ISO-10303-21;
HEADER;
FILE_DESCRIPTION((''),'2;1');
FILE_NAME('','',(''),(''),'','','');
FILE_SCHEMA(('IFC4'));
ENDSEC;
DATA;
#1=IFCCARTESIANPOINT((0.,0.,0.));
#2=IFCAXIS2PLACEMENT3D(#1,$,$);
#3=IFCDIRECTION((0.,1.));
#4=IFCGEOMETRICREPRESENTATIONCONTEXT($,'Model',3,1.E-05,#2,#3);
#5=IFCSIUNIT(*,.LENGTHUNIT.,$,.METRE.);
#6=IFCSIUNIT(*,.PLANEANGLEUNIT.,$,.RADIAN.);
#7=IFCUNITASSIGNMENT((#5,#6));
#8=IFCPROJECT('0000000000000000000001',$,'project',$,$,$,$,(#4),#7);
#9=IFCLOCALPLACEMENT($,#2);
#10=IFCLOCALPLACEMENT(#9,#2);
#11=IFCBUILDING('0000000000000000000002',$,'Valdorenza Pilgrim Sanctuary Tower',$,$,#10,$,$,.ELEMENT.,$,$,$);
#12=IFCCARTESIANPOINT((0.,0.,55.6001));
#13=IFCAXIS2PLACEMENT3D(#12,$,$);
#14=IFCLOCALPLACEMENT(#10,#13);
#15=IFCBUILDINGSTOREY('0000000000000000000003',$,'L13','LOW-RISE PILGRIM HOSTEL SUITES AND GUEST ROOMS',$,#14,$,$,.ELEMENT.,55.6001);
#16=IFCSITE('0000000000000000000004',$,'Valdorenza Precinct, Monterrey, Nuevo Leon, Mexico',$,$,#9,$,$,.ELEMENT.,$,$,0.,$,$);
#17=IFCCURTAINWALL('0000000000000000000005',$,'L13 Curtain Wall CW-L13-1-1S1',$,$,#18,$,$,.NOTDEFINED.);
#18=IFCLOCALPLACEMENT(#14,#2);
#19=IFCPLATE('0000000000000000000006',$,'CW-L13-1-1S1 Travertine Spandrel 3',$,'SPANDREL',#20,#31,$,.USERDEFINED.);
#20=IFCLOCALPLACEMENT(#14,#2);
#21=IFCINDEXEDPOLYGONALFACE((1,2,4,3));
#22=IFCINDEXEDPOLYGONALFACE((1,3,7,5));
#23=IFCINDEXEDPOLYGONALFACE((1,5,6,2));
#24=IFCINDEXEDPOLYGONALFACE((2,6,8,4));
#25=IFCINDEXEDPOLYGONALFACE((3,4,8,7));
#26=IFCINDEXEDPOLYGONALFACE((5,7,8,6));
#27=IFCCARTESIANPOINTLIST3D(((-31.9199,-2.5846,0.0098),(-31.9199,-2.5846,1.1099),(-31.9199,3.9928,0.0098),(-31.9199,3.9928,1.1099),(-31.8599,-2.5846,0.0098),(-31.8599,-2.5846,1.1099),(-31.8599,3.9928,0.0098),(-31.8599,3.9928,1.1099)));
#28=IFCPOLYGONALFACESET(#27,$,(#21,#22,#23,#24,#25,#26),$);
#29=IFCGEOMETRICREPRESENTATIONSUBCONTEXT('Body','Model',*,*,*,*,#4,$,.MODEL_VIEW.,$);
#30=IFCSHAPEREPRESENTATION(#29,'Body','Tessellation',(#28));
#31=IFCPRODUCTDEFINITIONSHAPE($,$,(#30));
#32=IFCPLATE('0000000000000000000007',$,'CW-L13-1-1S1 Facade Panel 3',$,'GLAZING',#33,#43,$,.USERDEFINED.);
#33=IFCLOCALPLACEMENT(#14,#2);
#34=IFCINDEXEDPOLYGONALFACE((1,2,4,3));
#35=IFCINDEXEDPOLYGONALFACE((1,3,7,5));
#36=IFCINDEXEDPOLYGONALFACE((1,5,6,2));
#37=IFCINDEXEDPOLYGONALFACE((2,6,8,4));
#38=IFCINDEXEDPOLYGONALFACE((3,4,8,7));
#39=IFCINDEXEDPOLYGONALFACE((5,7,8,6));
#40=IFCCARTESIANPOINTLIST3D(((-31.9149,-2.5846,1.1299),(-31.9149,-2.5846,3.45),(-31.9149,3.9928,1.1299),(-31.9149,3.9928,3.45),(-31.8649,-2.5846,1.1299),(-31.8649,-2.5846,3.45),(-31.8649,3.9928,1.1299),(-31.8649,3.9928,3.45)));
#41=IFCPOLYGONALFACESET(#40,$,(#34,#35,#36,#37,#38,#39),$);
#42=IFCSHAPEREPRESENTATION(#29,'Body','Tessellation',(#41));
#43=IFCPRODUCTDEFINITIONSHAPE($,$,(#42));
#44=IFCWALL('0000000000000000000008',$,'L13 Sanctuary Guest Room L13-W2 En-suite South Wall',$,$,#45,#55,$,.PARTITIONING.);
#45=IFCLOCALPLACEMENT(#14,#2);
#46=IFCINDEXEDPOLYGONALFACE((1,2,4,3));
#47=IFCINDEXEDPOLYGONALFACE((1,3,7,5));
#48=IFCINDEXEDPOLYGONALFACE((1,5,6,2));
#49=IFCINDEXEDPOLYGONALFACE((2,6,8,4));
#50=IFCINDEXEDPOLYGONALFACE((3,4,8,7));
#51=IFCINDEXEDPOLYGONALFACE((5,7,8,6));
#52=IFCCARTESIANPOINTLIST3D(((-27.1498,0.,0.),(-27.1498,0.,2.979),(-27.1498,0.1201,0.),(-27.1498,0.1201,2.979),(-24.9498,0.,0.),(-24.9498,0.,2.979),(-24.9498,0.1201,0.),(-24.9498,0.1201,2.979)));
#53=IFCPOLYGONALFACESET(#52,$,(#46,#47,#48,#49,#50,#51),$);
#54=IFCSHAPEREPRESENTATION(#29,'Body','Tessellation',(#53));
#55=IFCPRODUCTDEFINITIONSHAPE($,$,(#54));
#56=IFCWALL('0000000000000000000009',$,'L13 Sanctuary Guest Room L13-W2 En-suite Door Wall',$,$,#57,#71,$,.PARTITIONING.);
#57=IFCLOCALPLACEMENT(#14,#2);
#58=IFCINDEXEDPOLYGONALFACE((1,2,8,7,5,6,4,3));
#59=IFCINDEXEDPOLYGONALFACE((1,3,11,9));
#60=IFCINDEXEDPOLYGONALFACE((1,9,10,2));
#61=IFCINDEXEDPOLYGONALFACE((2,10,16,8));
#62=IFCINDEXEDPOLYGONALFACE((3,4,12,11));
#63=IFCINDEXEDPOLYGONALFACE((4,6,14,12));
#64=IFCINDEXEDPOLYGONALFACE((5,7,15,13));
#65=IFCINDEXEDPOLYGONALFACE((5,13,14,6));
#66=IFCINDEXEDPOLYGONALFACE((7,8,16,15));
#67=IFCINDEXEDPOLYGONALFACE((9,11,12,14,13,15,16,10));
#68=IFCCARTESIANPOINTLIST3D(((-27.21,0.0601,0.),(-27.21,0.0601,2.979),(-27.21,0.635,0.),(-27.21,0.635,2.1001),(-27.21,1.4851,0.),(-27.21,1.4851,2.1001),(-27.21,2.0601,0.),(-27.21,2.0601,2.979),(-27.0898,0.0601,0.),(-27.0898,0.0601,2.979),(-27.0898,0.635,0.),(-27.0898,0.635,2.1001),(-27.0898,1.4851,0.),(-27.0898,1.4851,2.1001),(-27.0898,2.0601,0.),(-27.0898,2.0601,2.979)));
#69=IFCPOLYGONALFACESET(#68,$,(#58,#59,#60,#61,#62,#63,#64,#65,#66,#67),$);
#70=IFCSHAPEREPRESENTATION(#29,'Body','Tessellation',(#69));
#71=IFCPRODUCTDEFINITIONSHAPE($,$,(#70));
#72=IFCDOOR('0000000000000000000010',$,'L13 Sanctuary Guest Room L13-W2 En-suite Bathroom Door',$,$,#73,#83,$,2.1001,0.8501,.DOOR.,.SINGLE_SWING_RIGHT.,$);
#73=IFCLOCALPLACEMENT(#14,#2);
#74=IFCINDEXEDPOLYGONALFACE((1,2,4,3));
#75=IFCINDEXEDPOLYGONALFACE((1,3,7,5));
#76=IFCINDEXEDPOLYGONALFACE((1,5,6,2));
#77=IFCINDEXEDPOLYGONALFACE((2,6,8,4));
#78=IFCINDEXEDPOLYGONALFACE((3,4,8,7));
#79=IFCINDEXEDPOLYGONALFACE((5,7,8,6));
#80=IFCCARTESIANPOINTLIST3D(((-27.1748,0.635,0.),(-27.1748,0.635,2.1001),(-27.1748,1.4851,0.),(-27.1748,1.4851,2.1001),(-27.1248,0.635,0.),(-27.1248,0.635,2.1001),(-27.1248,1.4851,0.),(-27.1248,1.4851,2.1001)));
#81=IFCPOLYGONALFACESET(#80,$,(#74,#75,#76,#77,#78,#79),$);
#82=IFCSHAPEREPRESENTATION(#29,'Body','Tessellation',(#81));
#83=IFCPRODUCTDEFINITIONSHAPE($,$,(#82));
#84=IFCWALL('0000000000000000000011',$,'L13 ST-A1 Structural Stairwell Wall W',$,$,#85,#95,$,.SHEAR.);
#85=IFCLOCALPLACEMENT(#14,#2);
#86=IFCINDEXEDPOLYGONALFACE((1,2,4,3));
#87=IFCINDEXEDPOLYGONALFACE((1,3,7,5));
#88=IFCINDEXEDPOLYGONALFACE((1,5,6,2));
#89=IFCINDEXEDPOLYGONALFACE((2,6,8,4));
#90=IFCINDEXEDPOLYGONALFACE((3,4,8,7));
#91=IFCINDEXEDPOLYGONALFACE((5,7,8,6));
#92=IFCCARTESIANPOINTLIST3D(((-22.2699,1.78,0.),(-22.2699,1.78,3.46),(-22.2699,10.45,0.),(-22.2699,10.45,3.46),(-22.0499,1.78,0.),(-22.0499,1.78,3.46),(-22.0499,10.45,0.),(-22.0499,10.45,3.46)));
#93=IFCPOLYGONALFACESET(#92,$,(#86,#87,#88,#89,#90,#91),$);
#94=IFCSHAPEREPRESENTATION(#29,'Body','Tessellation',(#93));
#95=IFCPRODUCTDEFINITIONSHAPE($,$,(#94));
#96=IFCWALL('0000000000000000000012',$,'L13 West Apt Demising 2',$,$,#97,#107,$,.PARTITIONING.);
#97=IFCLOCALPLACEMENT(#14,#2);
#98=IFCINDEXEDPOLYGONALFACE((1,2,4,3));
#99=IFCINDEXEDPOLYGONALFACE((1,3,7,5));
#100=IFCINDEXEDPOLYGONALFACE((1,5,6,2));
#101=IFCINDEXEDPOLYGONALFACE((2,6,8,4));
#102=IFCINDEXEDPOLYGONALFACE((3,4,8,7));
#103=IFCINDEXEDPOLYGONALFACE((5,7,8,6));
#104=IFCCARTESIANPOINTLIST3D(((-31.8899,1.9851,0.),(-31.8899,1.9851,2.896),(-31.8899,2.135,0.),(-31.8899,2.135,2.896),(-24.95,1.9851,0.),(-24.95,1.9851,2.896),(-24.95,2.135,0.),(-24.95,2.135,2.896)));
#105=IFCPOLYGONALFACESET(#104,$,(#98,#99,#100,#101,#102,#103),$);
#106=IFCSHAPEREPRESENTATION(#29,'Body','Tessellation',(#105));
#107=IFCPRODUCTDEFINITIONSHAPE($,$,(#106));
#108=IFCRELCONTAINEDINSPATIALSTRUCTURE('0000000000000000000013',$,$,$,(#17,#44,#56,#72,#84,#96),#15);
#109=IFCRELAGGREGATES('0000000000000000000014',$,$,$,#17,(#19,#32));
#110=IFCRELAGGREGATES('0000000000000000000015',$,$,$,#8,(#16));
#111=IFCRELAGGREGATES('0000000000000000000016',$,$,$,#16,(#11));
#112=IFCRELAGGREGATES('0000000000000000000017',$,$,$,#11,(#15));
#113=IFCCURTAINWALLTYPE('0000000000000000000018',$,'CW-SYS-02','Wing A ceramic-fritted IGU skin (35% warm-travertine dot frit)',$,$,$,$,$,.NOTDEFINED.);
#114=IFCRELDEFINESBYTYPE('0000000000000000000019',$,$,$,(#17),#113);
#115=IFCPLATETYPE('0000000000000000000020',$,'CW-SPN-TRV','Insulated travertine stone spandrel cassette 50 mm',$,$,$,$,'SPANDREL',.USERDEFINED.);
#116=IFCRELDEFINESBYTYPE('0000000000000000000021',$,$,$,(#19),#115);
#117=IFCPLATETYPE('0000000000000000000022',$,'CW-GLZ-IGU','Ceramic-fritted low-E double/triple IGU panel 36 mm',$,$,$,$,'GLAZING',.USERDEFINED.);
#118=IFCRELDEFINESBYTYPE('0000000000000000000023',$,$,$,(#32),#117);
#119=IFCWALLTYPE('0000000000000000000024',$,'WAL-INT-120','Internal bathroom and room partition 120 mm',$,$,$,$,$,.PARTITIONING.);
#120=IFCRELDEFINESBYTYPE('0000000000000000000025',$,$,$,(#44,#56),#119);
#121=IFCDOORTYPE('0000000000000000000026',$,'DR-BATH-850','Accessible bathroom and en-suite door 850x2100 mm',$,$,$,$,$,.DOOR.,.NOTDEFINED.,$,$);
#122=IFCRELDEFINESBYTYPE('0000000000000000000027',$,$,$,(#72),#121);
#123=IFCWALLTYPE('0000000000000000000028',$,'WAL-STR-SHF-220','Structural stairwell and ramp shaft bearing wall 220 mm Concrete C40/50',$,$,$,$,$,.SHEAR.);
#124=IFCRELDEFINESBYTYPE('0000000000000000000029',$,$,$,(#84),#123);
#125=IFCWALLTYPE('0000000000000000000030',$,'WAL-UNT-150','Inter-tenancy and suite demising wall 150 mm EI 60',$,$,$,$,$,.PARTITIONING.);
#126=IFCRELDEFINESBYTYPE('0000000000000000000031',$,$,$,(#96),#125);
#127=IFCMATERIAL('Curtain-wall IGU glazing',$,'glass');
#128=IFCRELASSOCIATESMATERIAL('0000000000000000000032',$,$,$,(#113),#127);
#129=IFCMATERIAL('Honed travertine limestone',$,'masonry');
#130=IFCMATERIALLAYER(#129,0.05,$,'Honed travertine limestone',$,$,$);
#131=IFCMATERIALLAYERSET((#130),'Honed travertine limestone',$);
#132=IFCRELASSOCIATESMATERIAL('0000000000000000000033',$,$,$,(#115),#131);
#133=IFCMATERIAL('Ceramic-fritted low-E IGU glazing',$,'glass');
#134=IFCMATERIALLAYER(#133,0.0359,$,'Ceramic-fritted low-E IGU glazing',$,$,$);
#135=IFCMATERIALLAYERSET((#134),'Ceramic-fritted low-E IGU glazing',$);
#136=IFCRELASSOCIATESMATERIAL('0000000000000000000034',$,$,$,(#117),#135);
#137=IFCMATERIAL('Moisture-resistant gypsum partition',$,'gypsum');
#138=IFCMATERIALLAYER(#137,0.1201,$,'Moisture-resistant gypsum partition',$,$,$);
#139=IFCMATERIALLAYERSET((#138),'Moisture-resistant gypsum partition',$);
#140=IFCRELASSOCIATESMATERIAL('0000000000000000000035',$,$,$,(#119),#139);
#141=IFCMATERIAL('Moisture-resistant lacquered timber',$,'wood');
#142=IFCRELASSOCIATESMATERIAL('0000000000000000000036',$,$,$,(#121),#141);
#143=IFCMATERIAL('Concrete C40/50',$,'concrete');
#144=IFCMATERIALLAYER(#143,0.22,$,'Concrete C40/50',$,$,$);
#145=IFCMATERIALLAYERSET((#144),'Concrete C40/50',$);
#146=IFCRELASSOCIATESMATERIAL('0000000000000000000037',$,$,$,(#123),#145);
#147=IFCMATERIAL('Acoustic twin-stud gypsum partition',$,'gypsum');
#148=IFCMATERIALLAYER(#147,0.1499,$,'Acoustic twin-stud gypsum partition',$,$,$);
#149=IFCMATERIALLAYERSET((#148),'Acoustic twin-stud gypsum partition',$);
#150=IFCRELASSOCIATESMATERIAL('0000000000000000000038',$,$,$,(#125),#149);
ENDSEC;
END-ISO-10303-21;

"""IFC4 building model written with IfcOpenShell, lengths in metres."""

from ifc_helpers import new_model, si_unit, direction, frame, frame_2d, origin, origin_2d, place, context, subcontext, project, spatial, rectangle, extrude, source, transform, mapped, material, layer, layer_set, type_object, element, fill, aggregate, save


model = new_model("IFC4")

# Units and contexts
model_context = context("Model", 3, precision=1e-05, world=origin(), true_north=direction((0.0, 1.0)))
body_context = subcontext(model_context, "Body", "Model", "MODEL_VIEW")
ifc_project = project(units=[si_unit("LENGTHUNIT", "METRE"), si_unit("PLANEANGLEUNIT", "RADIAN")], contexts=[model_context])

# Site, building, storey
site_placement = place(None, origin())
site = spatial("IfcSite", under=ifc_project, at=site_placement, Name="Valdorenza Precinct, Monterrey, Nuevo Leon, Mexico", CompositionType="ELEMENT", RefElevation=0.0)
building_placement = place(site_placement, origin())
building = spatial("IfcBuilding", under=site, at=building_placement, Name="Valdorenza Pilgrim Sanctuary Tower", CompositionType="ELEMENT")
storey_placement = place(building_placement, frame((0.0, 0.0, 55.6001)))
storey = spatial("IfcBuildingStorey", under=building, at=storey_placement, Name="L13", Description="LOW-RISE PILGRIM HOSTEL SUITES AND GUEST ROOMS", CompositionType="ELEMENT", Elevation=55.6001)

# Curtain wall, plates
ifc_material_1 = material(Name="Curtain-wall IGU glazing", Category="glass")
curtain_wall_type = type_object("IfcCurtainWallType", Name="CW-SYS-02", Description="Wing A ceramic-fritted IGU skin (35% warm-travertine dot frit)", PredefinedType="NOTDEFINED", material=ifc_material_1)
curtain_wall_placement = place(storey_placement, origin())
curtain_wall = element("IfcCurtainWall", 1, at=curtain_wall_placement, inside=storey, type_object=curtain_wall_type, Name="L13 Curtain Wall CW-L13-1-1S1", PredefinedType="NOTDEFINED")
ifc_material_2 = material(Name="Honed travertine limestone", Category="masonry")
ifc_layer_1 = layer(ifc_material_2, 0.05, Name="Honed travertine limestone")
ifc_layer_set_1 = layer_set([ifc_layer_1], Name="Honed travertine limestone")
plate_type_1 = type_object("IfcPlateType", Name="CW-SPN-TRV", Description="Insulated travertine stone spandrel cassette 50 mm", ElementType="SPANDREL", PredefinedType="USERDEFINED", material=ifc_layer_set_1)
shared_shape_1 = source(origin(), body_context, "Body", "SweptSolid", [
    extrude(rectangle(XDim=6.5774, YDim=0.0601, at=origin_2d()), origin(), (0.0, 0.0, 1.0), 1.1001),
])
plate_1_placement = place(storey_placement, frame((-31.8899, 0.7041, 0.0098), z_axis=(0.0, 0.0, 1.0), x_axis=(0.0, 1.0, 0.0)))
plate_1 = element("IfcPlate", 2, at=plate_1_placement, type_object=plate_type_1, Name="CW-L13-1-1S1 Travertine Spandrel 3", ObjectType="SPANDREL", PredefinedType="USERDEFINED", context=body_context, shape_type="MappedRepresentation", body=[
    mapped(shared_shape_1, transform((0.0, 0.0, 0.0), x_axis=(1.0, 0.0, 0.0), y_axis=(0.0, 1.0, 0.0), z_axis=(0.0, 0.0, 1.0), scale=1.0)),
])
ifc_material_3 = material(Name="Ceramic-fritted low-E IGU glazing", Category="glass")
ifc_layer_2 = layer(ifc_material_3, 0.0359, Name="Ceramic-fritted low-E IGU glazing")
ifc_layer_set_2 = layer_set([ifc_layer_2], Name="Ceramic-fritted low-E IGU glazing")
plate_type_2 = type_object("IfcPlateType", Name="CW-GLZ-IGU", Description="Ceramic-fritted low-E double/triple IGU panel 36 mm", ElementType="GLAZING", PredefinedType="USERDEFINED", material=ifc_layer_set_2)
shared_shape_2 = source(origin(), body_context, "Body", "SweptSolid", [
    extrude(rectangle(XDim=6.5774, YDim=0.05, at=origin_2d()), origin(), (0.0, 0.0, 1.0), 2.3201),
])
plate_2_placement = place(storey_placement, frame((-31.8899, 0.7041, 1.1299), z_axis=(0.0, 0.0, 1.0), x_axis=(0.0, 1.0, 0.0)))
plate_2 = element("IfcPlate", 3, at=plate_2_placement, type_object=plate_type_2, Name="CW-L13-1-1S1 Facade Panel 3", ObjectType="GLAZING", PredefinedType="USERDEFINED", context=body_context, shape_type="MappedRepresentation", body=[
    mapped(shared_shape_2, transform((0.0, 0.0, 0.0), x_axis=(1.0, 0.0, 0.0), y_axis=(0.0, 1.0, 0.0), z_axis=(0.0, 0.0, 1.0), scale=1.0)),
])
aggregate(curtain_wall, [plate_1, plate_2])

# Wall
ifc_material_4 = material(Name="Moisture-resistant gypsum partition", Category="gypsum")
ifc_layer_3 = layer(ifc_material_4, 0.1201, Name="Moisture-resistant gypsum partition")
ifc_layer_set_3 = layer_set([ifc_layer_3], Name="Moisture-resistant gypsum partition")
wall_type_1 = type_object("IfcWallType", Name="WAL-INT-120", Description="Internal bathroom and room partition 120 mm", PredefinedType="PARTITIONING", material=ifc_layer_set_3)
wall_1_placement = place(storey_placement, frame((-27.1499, 0.0601, 0.0), z_axis=(0.0, 0.0, 1.0), x_axis=(1.0, 0.0, 0.0)))
element("IfcWall", 4, at=wall_1_placement, inside=storey, type_object=wall_type_1, Name="L13 Sanctuary Guest Room L13-W2 En-suite South Wall", PredefinedType="PARTITIONING", context=body_context, shape_type="SweptSolid", body=[
    extrude(rectangle(XDim=2.2, YDim=0.1201, at=frame_2d((1.1001, 0.0))), origin(), (0.0, 0.0, 1.0), 2.979),
])

# Wall, opening, door
wall_2_placement = place(storey_placement, frame((-27.1499, 0.0601, 0.0), z_axis=(0.0, 0.0, 1.0), x_axis=(0.0, 1.0, 0.0)))
wall_2 = element("IfcWall", 5, at=wall_2_placement, inside=storey, type_object=wall_type_1, Name="L13 Sanctuary Guest Room L13-W2 En-suite Door Wall", PredefinedType="PARTITIONING", context=body_context, shape_type="SweptSolid", body=[
    extrude(rectangle(XDim=2.0, YDim=0.1201, at=frame_2d((1.0, 0.0))), origin(), (0.0, 0.0, 1.0), 2.979),
])
opening_1_placement = place(wall_2_placement, frame((0.575, 0.0, 0.0)))
opening_1 = element("IfcOpeningElement", 6, at=opening_1_placement, cuts=wall_2, PredefinedType="OPENING", context=body_context, shape_type="SweptSolid", body=[
    extrude(rectangle(XDim=0.8501, YDim=2.1001, at=frame_2d((0.425, 1.05))), frame((0.0, 0.075, 0.0), z_axis=(0.0, -1.0, 0.0), x_axis=(1.0, 0.0, 0.0)), (0.0, 0.0, 1.0), 0.1499),
])
ifc_material_5 = material(Name="Moisture-resistant lacquered timber", Category="wood")
door_type_1 = type_object("IfcDoorType", Name="DR-BATH-850", Description="Accessible bathroom and en-suite door 850x2100 mm", OperationType="NOTDEFINED", PredefinedType="DOOR", material=ifc_material_5)
door_1_placement = place(opening_1_placement, origin())
door_1 = element("IfcDoor", 7, at=door_1_placement, inside=storey, type_object=door_type_1, Name="L13 Sanctuary Guest Room L13-W2 En-suite Bathroom Door", OperationType="SINGLE_SWING_RIGHT", OverallHeight=2.1001, OverallWidth=0.8501, PredefinedType="DOOR", context=body_context, shape_type="SweptSolid", body=[
    extrude(rectangle(XDim=0.8501, YDim=2.1001, at=frame_2d((0.425, 1.05))), frame((0.0, 0.0249, 0.0), z_axis=(0.0, -1.0, 0.0), x_axis=(1.0, 0.0, 0.0)), (0.0, 0.0, 1.0), 0.05),
])
fill(opening_1, door_1)

# Wall
ifc_material_6 = material(Name="Concrete C40/50", Category="concrete")
ifc_layer_4 = layer(ifc_material_6, 0.22, Name="Concrete C40/50")
ifc_layer_set_4 = layer_set([ifc_layer_4], Name="Concrete C40/50")
wall_type_2 = type_object("IfcWallType", Name="WAL-STR-SHF-220", Description="Structural stairwell and ramp shaft bearing wall 220 mm Concrete C40/50", PredefinedType="SHEAR", material=ifc_layer_set_4)
wall_3_placement = place(storey_placement, frame((-22.1599, 1.78, 0.0), z_axis=(0.0, 0.0, 1.0), x_axis=(0.0, 1.0, 0.0)))
element("IfcWall", 8, at=wall_3_placement, inside=storey, type_object=wall_type_2, Name="L13 ST-A1 Structural Stairwell Wall W", PredefinedType="SHEAR", context=body_context, shape_type="SweptSolid", body=[
    extrude(rectangle(XDim=8.6699, YDim=0.22, at=frame_2d((4.335, 0.0))), origin(), (0.0, 0.0, 1.0), 3.46),
])

# Wall
ifc_material_7 = material(Name="Acoustic twin-stud gypsum partition", Category="gypsum")
ifc_layer_5 = layer(ifc_material_7, 0.1499, Name="Acoustic twin-stud gypsum partition")
ifc_layer_set_5 = layer_set([ifc_layer_5], Name="Acoustic twin-stud gypsum partition")
wall_type_3 = type_object("IfcWallType", Name="WAL-UNT-150", Description="Inter-tenancy and suite demising wall 150 mm EI 60", PredefinedType="PARTITIONING", material=ifc_layer_set_5)
wall_4_placement = place(storey_placement, frame((-31.8899, 2.0601, 0.0), z_axis=(0.0, 0.0, 1.0), x_axis=(1.0, 0.0, 0.0)))
element("IfcWall", 9, at=wall_4_placement, inside=storey, type_object=wall_type_3, Name="L13 West Apt Demising 2", PredefinedType="PARTITIONING", context=body_context, shape_type="SweptSolid", body=[
    extrude(rectangle(XDim=6.9399, YDim=0.1499, at=frame_2d((3.47, 0.0))), origin(), (0.0, 0.0, 1.0), 2.896),
])

save(model, "model.ifc")
